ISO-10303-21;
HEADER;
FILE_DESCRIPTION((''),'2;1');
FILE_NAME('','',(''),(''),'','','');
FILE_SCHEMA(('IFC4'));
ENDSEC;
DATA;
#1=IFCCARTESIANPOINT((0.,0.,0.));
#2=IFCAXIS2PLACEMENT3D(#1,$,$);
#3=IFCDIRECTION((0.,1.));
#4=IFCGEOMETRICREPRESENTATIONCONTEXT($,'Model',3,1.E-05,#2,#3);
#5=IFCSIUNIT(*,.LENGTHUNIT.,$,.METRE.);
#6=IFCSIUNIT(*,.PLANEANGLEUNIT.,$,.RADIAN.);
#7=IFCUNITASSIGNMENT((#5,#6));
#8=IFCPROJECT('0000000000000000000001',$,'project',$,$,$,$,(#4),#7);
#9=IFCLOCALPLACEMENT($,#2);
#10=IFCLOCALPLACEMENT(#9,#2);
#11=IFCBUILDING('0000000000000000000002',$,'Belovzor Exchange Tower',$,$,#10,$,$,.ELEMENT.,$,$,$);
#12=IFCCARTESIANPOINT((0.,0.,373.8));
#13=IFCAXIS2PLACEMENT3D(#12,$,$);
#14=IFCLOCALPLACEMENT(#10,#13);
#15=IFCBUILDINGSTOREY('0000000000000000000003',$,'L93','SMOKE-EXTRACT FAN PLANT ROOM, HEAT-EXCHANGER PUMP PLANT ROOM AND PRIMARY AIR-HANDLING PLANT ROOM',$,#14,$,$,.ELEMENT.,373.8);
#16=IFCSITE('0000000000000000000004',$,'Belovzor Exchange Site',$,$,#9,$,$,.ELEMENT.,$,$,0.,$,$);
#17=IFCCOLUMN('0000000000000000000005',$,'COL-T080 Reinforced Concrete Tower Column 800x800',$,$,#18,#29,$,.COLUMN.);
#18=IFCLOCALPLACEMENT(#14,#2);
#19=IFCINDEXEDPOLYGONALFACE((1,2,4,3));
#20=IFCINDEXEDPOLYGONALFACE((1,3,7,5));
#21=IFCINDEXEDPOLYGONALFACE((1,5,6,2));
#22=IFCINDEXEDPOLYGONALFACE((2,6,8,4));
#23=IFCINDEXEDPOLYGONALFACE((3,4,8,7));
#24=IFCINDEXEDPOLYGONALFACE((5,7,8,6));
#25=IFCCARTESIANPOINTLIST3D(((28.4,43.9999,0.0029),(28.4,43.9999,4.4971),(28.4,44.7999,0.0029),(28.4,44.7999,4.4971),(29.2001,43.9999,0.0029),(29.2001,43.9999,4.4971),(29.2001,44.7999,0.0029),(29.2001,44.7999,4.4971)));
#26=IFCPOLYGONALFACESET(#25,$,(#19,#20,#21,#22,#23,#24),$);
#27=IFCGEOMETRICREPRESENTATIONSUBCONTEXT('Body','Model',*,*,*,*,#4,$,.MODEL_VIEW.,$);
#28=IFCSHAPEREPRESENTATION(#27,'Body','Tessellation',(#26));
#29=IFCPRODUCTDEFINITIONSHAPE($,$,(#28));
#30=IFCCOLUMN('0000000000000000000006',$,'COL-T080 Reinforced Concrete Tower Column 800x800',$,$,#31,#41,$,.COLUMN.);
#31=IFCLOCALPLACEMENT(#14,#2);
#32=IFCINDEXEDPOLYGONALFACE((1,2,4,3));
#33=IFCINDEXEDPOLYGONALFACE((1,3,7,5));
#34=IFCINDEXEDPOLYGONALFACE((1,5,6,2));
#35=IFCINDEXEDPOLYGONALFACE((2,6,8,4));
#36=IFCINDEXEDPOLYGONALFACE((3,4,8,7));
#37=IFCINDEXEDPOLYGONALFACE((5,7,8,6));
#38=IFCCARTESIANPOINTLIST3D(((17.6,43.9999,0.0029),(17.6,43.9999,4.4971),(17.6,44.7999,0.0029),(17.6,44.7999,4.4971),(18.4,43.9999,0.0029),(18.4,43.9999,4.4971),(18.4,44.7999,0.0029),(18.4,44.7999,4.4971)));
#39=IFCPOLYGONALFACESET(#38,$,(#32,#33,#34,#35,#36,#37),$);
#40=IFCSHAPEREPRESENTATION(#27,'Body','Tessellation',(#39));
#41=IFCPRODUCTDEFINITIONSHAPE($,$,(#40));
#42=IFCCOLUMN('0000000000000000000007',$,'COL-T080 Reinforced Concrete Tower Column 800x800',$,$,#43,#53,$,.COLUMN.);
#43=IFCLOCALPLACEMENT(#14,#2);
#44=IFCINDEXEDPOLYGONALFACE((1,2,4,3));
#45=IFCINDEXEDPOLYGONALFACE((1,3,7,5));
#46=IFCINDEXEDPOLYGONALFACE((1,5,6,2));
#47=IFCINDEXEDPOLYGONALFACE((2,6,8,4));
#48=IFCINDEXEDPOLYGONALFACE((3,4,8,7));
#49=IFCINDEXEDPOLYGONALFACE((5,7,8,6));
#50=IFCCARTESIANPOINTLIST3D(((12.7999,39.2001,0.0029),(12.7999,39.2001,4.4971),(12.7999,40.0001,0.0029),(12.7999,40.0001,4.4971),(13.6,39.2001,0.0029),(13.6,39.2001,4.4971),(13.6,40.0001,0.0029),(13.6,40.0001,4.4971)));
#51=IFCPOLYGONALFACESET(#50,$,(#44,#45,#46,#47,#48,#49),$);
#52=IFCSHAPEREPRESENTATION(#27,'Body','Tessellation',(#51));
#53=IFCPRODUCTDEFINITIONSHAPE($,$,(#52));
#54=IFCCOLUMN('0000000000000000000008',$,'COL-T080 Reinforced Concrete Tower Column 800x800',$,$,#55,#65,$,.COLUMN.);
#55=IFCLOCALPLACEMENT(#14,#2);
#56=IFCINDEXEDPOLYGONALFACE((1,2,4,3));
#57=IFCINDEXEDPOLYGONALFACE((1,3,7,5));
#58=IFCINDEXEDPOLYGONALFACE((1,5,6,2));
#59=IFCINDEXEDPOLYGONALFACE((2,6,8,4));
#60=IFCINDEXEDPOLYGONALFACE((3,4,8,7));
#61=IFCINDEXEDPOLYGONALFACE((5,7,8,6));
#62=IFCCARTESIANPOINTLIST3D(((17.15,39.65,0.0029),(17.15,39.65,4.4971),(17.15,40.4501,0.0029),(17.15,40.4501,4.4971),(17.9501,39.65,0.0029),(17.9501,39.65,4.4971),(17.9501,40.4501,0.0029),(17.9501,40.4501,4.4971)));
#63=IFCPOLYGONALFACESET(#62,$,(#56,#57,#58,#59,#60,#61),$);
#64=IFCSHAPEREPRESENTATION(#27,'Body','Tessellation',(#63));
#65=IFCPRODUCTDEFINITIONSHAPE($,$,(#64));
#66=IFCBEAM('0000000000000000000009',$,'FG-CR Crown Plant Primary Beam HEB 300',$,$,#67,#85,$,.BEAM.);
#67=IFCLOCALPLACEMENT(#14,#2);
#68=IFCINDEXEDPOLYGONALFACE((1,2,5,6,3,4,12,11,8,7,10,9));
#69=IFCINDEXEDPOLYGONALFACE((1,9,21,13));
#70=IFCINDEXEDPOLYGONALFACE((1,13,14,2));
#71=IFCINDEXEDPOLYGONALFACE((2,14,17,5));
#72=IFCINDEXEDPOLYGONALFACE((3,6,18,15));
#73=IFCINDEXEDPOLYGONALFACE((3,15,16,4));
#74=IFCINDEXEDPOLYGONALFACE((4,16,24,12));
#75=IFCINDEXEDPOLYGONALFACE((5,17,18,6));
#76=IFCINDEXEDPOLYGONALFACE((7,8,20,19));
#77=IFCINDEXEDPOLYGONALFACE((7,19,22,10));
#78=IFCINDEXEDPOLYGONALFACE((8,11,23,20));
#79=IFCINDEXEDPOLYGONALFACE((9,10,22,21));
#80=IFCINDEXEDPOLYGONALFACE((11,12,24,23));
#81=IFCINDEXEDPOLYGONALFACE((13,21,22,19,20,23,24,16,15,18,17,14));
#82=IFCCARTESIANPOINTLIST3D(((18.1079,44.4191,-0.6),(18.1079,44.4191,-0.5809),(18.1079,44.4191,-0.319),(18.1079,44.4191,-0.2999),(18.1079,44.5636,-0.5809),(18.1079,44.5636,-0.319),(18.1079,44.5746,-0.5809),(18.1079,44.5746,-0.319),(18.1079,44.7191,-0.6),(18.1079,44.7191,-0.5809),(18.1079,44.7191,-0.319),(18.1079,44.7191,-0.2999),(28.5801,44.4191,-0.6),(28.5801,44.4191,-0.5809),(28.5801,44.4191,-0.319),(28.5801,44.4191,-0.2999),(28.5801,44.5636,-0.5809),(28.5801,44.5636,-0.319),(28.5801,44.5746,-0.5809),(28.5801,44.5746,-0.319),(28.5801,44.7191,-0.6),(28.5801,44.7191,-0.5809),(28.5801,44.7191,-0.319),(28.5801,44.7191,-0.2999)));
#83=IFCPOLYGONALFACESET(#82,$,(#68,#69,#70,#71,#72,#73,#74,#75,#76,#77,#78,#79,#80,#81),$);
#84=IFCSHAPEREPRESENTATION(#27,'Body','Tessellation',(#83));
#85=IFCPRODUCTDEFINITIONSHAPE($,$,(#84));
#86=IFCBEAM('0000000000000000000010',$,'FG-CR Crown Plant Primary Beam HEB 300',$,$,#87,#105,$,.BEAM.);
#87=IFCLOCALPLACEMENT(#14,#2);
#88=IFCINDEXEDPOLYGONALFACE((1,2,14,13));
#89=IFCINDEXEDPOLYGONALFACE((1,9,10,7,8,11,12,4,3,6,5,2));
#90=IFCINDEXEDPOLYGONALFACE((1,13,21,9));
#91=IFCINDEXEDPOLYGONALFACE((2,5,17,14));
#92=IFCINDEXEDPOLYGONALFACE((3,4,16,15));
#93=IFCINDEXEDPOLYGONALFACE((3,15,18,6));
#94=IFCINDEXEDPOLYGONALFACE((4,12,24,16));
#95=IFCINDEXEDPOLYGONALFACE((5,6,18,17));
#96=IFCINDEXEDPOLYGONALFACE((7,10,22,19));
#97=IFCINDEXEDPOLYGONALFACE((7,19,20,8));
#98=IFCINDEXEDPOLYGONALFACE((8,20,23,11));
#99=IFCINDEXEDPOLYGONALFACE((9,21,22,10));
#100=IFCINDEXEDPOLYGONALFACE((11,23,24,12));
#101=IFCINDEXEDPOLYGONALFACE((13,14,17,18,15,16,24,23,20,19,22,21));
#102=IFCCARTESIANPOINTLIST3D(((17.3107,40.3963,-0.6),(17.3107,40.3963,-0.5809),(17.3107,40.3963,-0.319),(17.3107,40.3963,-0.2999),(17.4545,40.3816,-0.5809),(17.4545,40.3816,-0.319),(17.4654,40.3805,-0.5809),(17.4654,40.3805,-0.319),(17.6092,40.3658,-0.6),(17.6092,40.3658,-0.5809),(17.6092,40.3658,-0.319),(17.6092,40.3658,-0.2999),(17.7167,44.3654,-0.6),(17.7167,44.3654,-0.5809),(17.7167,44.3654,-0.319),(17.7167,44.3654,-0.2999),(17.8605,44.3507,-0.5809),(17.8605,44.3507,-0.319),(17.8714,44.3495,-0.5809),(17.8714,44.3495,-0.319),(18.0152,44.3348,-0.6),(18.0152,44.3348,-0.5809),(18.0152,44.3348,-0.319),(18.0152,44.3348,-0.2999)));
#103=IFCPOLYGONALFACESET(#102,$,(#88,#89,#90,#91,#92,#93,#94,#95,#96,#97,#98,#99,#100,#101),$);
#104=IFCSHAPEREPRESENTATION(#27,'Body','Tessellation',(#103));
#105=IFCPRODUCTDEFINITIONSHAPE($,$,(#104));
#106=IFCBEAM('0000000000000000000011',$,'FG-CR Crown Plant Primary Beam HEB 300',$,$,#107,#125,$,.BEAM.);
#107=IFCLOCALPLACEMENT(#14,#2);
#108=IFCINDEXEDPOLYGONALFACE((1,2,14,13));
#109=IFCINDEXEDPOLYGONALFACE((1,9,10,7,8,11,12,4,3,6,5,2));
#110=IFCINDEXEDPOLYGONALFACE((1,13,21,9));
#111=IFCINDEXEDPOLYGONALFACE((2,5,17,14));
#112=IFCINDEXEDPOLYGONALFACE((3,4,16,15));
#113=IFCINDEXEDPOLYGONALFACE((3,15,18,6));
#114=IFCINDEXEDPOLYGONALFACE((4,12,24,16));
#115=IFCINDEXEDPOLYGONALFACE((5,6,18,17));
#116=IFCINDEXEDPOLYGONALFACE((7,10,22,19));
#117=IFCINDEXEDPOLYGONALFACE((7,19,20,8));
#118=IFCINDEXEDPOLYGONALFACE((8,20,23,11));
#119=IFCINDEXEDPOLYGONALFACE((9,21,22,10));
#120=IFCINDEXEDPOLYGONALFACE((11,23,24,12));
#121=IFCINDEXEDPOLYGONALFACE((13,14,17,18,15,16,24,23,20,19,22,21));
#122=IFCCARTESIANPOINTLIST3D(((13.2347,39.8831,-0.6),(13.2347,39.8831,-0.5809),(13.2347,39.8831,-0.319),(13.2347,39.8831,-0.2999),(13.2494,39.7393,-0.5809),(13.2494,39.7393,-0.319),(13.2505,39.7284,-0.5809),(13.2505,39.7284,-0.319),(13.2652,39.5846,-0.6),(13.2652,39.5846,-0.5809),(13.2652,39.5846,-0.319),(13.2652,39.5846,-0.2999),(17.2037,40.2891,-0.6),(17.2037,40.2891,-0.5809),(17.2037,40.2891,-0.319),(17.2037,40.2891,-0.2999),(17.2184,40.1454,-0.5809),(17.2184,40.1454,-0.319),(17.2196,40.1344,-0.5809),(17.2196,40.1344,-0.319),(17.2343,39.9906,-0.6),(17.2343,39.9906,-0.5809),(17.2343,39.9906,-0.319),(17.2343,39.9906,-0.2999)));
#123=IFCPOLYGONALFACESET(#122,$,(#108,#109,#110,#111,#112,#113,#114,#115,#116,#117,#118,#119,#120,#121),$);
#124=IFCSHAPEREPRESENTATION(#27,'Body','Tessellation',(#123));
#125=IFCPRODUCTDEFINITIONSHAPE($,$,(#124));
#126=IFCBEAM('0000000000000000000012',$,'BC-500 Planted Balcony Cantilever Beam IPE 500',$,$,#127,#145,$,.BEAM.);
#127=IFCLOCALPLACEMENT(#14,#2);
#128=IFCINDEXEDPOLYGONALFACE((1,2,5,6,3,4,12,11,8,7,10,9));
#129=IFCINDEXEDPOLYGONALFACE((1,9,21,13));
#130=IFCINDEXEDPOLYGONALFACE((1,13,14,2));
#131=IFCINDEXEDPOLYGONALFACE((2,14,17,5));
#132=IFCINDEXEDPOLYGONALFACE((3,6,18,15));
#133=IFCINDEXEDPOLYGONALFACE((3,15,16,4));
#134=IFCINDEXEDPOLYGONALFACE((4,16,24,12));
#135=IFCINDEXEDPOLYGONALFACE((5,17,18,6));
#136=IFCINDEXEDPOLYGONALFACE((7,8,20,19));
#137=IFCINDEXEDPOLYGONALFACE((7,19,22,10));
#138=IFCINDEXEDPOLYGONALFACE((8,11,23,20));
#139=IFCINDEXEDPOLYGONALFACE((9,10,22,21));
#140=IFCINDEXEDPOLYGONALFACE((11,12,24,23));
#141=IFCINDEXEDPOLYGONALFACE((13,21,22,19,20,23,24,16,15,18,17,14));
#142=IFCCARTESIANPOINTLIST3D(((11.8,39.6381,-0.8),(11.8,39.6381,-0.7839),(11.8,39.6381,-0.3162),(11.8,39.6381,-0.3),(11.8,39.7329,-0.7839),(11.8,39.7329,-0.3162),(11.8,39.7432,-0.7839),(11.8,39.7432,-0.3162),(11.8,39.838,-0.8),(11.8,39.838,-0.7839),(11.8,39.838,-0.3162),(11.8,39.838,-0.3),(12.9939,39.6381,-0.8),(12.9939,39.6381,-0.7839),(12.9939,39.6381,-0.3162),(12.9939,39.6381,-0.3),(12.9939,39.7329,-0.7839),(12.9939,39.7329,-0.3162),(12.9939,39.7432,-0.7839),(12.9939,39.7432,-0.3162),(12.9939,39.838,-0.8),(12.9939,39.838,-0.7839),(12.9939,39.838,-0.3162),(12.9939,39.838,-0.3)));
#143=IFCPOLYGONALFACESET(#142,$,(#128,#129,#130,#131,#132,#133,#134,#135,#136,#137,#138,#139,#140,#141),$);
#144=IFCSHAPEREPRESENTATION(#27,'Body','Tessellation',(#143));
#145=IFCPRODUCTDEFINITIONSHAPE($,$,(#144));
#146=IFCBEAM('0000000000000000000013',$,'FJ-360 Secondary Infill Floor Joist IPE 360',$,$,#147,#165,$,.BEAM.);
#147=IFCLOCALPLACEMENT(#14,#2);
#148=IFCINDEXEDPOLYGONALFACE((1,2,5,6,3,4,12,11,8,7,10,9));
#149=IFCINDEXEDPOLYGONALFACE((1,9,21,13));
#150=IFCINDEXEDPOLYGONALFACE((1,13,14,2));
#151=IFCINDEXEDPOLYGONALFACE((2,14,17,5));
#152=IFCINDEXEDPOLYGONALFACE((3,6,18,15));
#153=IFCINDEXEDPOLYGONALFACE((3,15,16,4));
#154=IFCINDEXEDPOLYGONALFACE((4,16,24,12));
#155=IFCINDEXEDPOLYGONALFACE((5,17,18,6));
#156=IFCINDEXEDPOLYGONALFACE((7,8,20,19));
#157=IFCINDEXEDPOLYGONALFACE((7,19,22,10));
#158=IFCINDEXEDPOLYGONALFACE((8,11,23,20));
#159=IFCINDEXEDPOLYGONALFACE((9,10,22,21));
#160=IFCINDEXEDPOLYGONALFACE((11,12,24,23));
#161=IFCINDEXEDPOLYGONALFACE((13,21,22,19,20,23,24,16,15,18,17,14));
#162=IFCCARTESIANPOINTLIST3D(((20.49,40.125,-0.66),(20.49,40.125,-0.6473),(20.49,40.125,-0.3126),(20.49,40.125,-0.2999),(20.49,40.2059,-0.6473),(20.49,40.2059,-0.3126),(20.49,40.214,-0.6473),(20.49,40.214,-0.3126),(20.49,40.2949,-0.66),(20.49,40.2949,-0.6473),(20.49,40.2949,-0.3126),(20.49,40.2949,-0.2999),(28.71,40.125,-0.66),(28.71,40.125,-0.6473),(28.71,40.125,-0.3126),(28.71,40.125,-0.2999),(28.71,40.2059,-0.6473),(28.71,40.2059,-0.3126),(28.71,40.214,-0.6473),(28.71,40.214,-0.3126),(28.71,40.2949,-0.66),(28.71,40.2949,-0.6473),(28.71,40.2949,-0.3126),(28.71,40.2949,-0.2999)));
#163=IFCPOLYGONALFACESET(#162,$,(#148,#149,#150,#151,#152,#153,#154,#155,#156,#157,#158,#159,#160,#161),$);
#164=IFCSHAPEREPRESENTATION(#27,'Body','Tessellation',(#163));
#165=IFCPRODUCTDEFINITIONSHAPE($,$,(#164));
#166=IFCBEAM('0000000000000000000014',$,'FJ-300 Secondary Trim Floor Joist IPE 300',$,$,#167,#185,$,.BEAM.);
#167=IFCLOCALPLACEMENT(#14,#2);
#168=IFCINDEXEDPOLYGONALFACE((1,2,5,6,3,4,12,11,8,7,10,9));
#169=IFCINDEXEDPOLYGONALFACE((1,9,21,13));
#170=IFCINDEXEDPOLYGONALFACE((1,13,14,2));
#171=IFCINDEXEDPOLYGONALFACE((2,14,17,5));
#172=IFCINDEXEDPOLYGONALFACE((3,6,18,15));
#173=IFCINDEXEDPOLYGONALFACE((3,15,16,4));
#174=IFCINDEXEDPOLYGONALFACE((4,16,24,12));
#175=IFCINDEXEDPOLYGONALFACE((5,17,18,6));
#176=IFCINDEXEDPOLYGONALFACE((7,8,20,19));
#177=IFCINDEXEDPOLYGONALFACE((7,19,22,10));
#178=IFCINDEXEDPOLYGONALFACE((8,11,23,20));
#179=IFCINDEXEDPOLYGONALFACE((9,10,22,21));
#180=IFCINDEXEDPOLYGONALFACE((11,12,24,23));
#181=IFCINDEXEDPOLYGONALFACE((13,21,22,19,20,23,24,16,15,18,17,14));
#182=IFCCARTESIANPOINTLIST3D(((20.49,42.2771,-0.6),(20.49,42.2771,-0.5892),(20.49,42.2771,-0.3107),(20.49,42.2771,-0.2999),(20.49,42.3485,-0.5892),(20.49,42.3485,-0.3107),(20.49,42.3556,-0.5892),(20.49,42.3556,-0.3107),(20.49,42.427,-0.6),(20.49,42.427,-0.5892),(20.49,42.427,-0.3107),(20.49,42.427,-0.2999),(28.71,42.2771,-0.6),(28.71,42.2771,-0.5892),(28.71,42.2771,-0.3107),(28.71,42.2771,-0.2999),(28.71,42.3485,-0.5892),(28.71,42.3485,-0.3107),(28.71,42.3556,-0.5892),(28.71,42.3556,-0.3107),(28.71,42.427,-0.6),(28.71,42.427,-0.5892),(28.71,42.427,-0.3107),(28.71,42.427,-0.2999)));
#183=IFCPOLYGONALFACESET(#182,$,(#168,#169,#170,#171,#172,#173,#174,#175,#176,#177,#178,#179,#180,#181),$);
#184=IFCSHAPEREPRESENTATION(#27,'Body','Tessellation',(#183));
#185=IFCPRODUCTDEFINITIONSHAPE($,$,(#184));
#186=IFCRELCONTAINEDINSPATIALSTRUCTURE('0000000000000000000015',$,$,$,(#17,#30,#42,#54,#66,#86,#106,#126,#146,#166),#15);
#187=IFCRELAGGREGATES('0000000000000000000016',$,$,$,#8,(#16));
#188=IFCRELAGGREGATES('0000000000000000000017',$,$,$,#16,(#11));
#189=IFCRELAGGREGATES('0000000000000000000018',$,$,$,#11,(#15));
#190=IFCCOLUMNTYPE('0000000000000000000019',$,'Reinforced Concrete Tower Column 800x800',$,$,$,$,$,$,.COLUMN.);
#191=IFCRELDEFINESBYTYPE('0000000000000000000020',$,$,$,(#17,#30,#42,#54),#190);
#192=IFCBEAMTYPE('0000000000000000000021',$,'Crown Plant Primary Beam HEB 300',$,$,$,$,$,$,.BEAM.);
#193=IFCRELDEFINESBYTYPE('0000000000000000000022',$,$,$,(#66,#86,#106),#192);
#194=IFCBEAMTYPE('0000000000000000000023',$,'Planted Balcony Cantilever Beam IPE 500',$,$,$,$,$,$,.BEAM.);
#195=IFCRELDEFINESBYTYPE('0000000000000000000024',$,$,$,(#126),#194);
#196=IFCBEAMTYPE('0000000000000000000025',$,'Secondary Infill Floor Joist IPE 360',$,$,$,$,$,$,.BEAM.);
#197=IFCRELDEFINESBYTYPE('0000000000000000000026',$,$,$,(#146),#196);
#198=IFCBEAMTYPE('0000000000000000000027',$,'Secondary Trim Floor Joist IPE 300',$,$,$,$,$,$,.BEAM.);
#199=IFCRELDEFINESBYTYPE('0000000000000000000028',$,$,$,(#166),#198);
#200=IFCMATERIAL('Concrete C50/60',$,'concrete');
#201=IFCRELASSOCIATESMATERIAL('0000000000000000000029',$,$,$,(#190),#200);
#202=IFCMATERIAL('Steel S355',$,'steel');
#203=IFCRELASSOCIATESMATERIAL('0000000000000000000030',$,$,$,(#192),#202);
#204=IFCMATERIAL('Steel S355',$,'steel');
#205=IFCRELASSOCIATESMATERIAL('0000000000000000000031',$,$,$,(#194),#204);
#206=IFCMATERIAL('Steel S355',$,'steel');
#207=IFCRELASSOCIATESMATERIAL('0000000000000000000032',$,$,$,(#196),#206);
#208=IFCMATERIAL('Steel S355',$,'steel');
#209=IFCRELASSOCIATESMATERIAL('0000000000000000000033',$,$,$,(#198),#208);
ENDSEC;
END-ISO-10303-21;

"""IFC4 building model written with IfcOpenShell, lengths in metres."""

from ifc_helpers import new_model, si_unit, direction, frame, origin, origin_2d, place, context, subcontext, project, spatial, rectangle, i_section, extrude, material, material_profile, profile_set, type_object, element, save


model = new_model("IFC4")

# Units and contexts
model_context = context("Model", 3, precision=1e-05, world=origin(), true_north=direction((0.0, 1.0)))
body_context = subcontext(model_context, "Body", "Model", "MODEL_VIEW")
ifc_project = project(units=[si_unit("LENGTHUNIT", "METRE"), si_unit("PLANEANGLEUNIT", "RADIAN")], contexts=[model_context])

# Site, building, storey
site_placement = place(None, origin())
site = spatial("IfcSite", under=ifc_project, at=site_placement, Name="Belovzor Exchange Site", CompositionType="ELEMENT", RefElevation=0.0)
building_placement = place(site_placement, origin())
building = spatial("IfcBuilding", under=site, at=building_placement, Name="Belovzor Exchange Tower", CompositionType="ELEMENT")
storey_placement = place(building_placement, frame((0.0, 0.0, 373.8)))
storey = spatial("IfcBuildingStorey", under=building, at=storey_placement, Name="L93", Description="SMOKE-EXTRACT FAN PLANT ROOM, HEAT-EXCHANGER PUMP PLANT ROOM AND PRIMARY AIR-HANDLING PLANT ROOM", CompositionType="ELEMENT", Elevation=373.8)

# Columns
ifc_material_1 = material(Name="Concrete C50/60", Category="concrete")
ifc_material_profile_1 = material_profile(ifc_material_1, rectangle(XDim=0.8, YDim=0.8, at=origin_2d()))
ifc_profile_set_1 = profile_set([ifc_material_profile_1], Name="Concrete C50/60")
column_type = type_object("IfcColumnType", Name="Reinforced Concrete Tower Column 800x800", PredefinedType="COLUMN", material=ifc_profile_set_1)
for number, where, z_axis, x_axis, name in (
    (1, (28.8, 44.3999, 0.0029), (0.0, 0.0, 1.0), (1.0, 0.0, 0.0), "COL-T080 Reinforced Concrete Tower Column 800x800"),
    (2, (18.0, 44.3999, 0.0029), (0.0, 0.0, 1.0), (1.0, 0.0, 0.0), "COL-T080 Reinforced Concrete Tower Column 800x800"),
    (3, (13.2, 39.6001, 0.0029), (0.0, 0.0, 1.0), (1.0, 0.0, 0.0), "COL-T080 Reinforced Concrete Tower Column 800x800"),
    (4, (17.55, 40.05, 0.0029), (0.0, 0.0, 1.0), (1.0, 0.0, 0.0), "COL-T080 Reinforced Concrete Tower Column 800x800"),
):
    element("IfcColumn", number, at=place(storey_placement, frame(where, z_axis=z_axis, x_axis=x_axis)), inside=storey, type_object=column_type, Name=name, PredefinedType="COLUMN", context=body_context, shape_type="SweptSolid", body=[
        extrude(rectangle(XDim=0.8, YDim=0.8, at=origin_2d()), origin(), (0.0, 0.0, 1.0), 4.4941),
    ])

# Beams
ifc_material_2 = material(Name="Steel S355", Category="steel")
ifc_material_profile_2 = material_profile(ifc_material_2, i_section(OverallWidth=0.3, OverallDepth=0.3, WebThickness=0.011, FlangeThickness=0.019, at=origin_2d()))
ifc_profile_set_2 = profile_set([ifc_material_profile_2], Name="Steel S355")
beam_type_1 = type_object("IfcBeamType", Name="Crown Plant Primary Beam HEB 300", PredefinedType="BEAM", material=ifc_profile_set_2)
beam_1_placement = place(storey_placement, frame((28.5801, 44.5691, -0.45), z_axis=(-1.0, 0.0, 0.0), x_axis=(0.0, -1.0, 0.0)))
element("IfcBeam", 5, at=beam_1_placement, inside=storey, type_object=beam_type_1, Name="FG-CR Crown Plant Primary Beam HEB 300", PredefinedType="BEAM", context=body_context, shape_type="SweptSolid", body=[
    extrude(i_section(OverallWidth=0.3, OverallDepth=0.3, WebThickness=0.011, FlangeThickness=0.019, at=origin_2d()), origin(), (0.0, 0.0, 1.0), 10.4722),
])
for number, where, z_axis, x_axis, name in (
    (6, (17.866, 44.3501, -0.45), (-0.101763, -0.994809, 0.0), (0.994809, -0.101763, 0.0), "FG-CR Crown Plant Primary Beam HEB 300"),
    (7, (17.219, 40.1399, -0.45), (-0.994809, -0.101763, 0.0), (0.101763, -0.994809, 0.0), "FG-CR Crown Plant Primary Beam HEB 300"),
):
    element("IfcBeam", number, at=place(storey_placement, frame(where, z_axis=z_axis, x_axis=x_axis)), inside=storey, type_object=beam_type_1, Name=name, PredefinedType="BEAM", context=body_context, shape_type="SweptSolid", body=[
        extrude(i_section(OverallWidth=0.3, OverallDepth=0.3, WebThickness=0.011, FlangeThickness=0.019, at=origin_2d()), origin(), (0.0, 0.0, 1.0), 3.9897),
    ])
ifc_material_3 = material(Name="Steel S355", Category="steel")
ifc_material_profile_3 = material_profile(ifc_material_3, i_section(OverallWidth=0.2, OverallDepth=0.5, WebThickness=0.0103, FlangeThickness=0.0161, at=origin_2d()))
ifc_profile_set_3 = profile_set([ifc_material_profile_3], Name="Steel S355")
beam_type_2 = type_object("IfcBeamType", Name="Planted Balcony Cantilever Beam IPE 500", PredefinedType="BEAM", material=ifc_profile_set_3)
beam_2_placement = place(storey_placement, frame((12.9939, 39.738, -0.55), z_axis=(-1.0, 0.0, 0.0), x_axis=(0.0, -1.0, 0.0)))
element("IfcBeam", 8, at=beam_2_placement, inside=storey, type_object=beam_type_2, Name="BC-500 Planted Balcony Cantilever Beam IPE 500", PredefinedType="BEAM", context=body_context, shape_type="SweptSolid", body=[
    extrude(i_section(OverallWidth=0.2, OverallDepth=0.5, WebThickness=0.0103, FlangeThickness=0.0161, at=origin_2d()), origin(), (0.0, 0.0, 1.0), 1.1938),
])
ifc_material_4 = material(Name="Steel S355", Category="steel")
ifc_material_profile_4 = material_profile(ifc_material_4, i_section(OverallWidth=0.1699, OverallDepth=0.3601, WebThickness=0.0081, FlangeThickness=0.0127, at=origin_2d()))
ifc_profile_set_4 = profile_set([ifc_material_profile_4], Name="Steel S355")
beam_type_3 = type_object("IfcBeamType", Name="Secondary Infill Floor Joist IPE 360", PredefinedType="BEAM", material=ifc_profile_set_4)
beam_3_placement = place(storey_placement, frame((20.49, 40.21, -0.48), z_axis=(1.0, 0.0, 0.0), x_axis=(0.0, 1.0, 0.0)))
element("IfcBeam", 9, at=beam_3_placement, inside=storey, type_object=beam_type_3, Name="FJ-360 Secondary Infill Floor Joist IPE 360", PredefinedType="BEAM", context=body_context, shape_type="SweptSolid", body=[
    extrude(i_section(OverallWidth=0.1699, OverallDepth=0.3601, WebThickness=0.0081, FlangeThickness=0.0127, at=origin_2d()), origin(), (0.0, 0.0, 1.0), 8.22),
])
ifc_material_5 = material(Name="Steel S355", Category="steel")
ifc_material_profile_5 = material_profile(ifc_material_5, i_section(OverallWidth=0.1499, OverallDepth=0.3, WebThickness=0.0071, FlangeThickness=0.0107, at=origin_2d()))
ifc_profile_set_5 = profile_set([ifc_material_profile_5], Name="Steel S355")
beam_type_4 = type_object("IfcBeamType", Name="Secondary Trim Floor Joist IPE 300", PredefinedType="BEAM", material=ifc_profile_set_5)
beam_4_placement = place(storey_placement, frame((20.49, 42.3521, -0.45), z_axis=(1.0, 0.0, 0.0), x_axis=(0.0, 1.0, 0.0)))
element("IfcBeam", 10, at=beam_4_placement, inside=storey, type_object=beam_type_4, Name="FJ-300 Secondary Trim Floor Joist IPE 300", PredefinedType="BEAM", context=body_context, shape_type="SweptSolid", body=[
    extrude(i_section(OverallWidth=0.1499, OverallDepth=0.3, WebThickness=0.0071, FlangeThickness=0.0107, at=origin_2d()), origin(), (0.0, 0.0, 1.0), 8.22),
])

save(model, "model.ifc")
